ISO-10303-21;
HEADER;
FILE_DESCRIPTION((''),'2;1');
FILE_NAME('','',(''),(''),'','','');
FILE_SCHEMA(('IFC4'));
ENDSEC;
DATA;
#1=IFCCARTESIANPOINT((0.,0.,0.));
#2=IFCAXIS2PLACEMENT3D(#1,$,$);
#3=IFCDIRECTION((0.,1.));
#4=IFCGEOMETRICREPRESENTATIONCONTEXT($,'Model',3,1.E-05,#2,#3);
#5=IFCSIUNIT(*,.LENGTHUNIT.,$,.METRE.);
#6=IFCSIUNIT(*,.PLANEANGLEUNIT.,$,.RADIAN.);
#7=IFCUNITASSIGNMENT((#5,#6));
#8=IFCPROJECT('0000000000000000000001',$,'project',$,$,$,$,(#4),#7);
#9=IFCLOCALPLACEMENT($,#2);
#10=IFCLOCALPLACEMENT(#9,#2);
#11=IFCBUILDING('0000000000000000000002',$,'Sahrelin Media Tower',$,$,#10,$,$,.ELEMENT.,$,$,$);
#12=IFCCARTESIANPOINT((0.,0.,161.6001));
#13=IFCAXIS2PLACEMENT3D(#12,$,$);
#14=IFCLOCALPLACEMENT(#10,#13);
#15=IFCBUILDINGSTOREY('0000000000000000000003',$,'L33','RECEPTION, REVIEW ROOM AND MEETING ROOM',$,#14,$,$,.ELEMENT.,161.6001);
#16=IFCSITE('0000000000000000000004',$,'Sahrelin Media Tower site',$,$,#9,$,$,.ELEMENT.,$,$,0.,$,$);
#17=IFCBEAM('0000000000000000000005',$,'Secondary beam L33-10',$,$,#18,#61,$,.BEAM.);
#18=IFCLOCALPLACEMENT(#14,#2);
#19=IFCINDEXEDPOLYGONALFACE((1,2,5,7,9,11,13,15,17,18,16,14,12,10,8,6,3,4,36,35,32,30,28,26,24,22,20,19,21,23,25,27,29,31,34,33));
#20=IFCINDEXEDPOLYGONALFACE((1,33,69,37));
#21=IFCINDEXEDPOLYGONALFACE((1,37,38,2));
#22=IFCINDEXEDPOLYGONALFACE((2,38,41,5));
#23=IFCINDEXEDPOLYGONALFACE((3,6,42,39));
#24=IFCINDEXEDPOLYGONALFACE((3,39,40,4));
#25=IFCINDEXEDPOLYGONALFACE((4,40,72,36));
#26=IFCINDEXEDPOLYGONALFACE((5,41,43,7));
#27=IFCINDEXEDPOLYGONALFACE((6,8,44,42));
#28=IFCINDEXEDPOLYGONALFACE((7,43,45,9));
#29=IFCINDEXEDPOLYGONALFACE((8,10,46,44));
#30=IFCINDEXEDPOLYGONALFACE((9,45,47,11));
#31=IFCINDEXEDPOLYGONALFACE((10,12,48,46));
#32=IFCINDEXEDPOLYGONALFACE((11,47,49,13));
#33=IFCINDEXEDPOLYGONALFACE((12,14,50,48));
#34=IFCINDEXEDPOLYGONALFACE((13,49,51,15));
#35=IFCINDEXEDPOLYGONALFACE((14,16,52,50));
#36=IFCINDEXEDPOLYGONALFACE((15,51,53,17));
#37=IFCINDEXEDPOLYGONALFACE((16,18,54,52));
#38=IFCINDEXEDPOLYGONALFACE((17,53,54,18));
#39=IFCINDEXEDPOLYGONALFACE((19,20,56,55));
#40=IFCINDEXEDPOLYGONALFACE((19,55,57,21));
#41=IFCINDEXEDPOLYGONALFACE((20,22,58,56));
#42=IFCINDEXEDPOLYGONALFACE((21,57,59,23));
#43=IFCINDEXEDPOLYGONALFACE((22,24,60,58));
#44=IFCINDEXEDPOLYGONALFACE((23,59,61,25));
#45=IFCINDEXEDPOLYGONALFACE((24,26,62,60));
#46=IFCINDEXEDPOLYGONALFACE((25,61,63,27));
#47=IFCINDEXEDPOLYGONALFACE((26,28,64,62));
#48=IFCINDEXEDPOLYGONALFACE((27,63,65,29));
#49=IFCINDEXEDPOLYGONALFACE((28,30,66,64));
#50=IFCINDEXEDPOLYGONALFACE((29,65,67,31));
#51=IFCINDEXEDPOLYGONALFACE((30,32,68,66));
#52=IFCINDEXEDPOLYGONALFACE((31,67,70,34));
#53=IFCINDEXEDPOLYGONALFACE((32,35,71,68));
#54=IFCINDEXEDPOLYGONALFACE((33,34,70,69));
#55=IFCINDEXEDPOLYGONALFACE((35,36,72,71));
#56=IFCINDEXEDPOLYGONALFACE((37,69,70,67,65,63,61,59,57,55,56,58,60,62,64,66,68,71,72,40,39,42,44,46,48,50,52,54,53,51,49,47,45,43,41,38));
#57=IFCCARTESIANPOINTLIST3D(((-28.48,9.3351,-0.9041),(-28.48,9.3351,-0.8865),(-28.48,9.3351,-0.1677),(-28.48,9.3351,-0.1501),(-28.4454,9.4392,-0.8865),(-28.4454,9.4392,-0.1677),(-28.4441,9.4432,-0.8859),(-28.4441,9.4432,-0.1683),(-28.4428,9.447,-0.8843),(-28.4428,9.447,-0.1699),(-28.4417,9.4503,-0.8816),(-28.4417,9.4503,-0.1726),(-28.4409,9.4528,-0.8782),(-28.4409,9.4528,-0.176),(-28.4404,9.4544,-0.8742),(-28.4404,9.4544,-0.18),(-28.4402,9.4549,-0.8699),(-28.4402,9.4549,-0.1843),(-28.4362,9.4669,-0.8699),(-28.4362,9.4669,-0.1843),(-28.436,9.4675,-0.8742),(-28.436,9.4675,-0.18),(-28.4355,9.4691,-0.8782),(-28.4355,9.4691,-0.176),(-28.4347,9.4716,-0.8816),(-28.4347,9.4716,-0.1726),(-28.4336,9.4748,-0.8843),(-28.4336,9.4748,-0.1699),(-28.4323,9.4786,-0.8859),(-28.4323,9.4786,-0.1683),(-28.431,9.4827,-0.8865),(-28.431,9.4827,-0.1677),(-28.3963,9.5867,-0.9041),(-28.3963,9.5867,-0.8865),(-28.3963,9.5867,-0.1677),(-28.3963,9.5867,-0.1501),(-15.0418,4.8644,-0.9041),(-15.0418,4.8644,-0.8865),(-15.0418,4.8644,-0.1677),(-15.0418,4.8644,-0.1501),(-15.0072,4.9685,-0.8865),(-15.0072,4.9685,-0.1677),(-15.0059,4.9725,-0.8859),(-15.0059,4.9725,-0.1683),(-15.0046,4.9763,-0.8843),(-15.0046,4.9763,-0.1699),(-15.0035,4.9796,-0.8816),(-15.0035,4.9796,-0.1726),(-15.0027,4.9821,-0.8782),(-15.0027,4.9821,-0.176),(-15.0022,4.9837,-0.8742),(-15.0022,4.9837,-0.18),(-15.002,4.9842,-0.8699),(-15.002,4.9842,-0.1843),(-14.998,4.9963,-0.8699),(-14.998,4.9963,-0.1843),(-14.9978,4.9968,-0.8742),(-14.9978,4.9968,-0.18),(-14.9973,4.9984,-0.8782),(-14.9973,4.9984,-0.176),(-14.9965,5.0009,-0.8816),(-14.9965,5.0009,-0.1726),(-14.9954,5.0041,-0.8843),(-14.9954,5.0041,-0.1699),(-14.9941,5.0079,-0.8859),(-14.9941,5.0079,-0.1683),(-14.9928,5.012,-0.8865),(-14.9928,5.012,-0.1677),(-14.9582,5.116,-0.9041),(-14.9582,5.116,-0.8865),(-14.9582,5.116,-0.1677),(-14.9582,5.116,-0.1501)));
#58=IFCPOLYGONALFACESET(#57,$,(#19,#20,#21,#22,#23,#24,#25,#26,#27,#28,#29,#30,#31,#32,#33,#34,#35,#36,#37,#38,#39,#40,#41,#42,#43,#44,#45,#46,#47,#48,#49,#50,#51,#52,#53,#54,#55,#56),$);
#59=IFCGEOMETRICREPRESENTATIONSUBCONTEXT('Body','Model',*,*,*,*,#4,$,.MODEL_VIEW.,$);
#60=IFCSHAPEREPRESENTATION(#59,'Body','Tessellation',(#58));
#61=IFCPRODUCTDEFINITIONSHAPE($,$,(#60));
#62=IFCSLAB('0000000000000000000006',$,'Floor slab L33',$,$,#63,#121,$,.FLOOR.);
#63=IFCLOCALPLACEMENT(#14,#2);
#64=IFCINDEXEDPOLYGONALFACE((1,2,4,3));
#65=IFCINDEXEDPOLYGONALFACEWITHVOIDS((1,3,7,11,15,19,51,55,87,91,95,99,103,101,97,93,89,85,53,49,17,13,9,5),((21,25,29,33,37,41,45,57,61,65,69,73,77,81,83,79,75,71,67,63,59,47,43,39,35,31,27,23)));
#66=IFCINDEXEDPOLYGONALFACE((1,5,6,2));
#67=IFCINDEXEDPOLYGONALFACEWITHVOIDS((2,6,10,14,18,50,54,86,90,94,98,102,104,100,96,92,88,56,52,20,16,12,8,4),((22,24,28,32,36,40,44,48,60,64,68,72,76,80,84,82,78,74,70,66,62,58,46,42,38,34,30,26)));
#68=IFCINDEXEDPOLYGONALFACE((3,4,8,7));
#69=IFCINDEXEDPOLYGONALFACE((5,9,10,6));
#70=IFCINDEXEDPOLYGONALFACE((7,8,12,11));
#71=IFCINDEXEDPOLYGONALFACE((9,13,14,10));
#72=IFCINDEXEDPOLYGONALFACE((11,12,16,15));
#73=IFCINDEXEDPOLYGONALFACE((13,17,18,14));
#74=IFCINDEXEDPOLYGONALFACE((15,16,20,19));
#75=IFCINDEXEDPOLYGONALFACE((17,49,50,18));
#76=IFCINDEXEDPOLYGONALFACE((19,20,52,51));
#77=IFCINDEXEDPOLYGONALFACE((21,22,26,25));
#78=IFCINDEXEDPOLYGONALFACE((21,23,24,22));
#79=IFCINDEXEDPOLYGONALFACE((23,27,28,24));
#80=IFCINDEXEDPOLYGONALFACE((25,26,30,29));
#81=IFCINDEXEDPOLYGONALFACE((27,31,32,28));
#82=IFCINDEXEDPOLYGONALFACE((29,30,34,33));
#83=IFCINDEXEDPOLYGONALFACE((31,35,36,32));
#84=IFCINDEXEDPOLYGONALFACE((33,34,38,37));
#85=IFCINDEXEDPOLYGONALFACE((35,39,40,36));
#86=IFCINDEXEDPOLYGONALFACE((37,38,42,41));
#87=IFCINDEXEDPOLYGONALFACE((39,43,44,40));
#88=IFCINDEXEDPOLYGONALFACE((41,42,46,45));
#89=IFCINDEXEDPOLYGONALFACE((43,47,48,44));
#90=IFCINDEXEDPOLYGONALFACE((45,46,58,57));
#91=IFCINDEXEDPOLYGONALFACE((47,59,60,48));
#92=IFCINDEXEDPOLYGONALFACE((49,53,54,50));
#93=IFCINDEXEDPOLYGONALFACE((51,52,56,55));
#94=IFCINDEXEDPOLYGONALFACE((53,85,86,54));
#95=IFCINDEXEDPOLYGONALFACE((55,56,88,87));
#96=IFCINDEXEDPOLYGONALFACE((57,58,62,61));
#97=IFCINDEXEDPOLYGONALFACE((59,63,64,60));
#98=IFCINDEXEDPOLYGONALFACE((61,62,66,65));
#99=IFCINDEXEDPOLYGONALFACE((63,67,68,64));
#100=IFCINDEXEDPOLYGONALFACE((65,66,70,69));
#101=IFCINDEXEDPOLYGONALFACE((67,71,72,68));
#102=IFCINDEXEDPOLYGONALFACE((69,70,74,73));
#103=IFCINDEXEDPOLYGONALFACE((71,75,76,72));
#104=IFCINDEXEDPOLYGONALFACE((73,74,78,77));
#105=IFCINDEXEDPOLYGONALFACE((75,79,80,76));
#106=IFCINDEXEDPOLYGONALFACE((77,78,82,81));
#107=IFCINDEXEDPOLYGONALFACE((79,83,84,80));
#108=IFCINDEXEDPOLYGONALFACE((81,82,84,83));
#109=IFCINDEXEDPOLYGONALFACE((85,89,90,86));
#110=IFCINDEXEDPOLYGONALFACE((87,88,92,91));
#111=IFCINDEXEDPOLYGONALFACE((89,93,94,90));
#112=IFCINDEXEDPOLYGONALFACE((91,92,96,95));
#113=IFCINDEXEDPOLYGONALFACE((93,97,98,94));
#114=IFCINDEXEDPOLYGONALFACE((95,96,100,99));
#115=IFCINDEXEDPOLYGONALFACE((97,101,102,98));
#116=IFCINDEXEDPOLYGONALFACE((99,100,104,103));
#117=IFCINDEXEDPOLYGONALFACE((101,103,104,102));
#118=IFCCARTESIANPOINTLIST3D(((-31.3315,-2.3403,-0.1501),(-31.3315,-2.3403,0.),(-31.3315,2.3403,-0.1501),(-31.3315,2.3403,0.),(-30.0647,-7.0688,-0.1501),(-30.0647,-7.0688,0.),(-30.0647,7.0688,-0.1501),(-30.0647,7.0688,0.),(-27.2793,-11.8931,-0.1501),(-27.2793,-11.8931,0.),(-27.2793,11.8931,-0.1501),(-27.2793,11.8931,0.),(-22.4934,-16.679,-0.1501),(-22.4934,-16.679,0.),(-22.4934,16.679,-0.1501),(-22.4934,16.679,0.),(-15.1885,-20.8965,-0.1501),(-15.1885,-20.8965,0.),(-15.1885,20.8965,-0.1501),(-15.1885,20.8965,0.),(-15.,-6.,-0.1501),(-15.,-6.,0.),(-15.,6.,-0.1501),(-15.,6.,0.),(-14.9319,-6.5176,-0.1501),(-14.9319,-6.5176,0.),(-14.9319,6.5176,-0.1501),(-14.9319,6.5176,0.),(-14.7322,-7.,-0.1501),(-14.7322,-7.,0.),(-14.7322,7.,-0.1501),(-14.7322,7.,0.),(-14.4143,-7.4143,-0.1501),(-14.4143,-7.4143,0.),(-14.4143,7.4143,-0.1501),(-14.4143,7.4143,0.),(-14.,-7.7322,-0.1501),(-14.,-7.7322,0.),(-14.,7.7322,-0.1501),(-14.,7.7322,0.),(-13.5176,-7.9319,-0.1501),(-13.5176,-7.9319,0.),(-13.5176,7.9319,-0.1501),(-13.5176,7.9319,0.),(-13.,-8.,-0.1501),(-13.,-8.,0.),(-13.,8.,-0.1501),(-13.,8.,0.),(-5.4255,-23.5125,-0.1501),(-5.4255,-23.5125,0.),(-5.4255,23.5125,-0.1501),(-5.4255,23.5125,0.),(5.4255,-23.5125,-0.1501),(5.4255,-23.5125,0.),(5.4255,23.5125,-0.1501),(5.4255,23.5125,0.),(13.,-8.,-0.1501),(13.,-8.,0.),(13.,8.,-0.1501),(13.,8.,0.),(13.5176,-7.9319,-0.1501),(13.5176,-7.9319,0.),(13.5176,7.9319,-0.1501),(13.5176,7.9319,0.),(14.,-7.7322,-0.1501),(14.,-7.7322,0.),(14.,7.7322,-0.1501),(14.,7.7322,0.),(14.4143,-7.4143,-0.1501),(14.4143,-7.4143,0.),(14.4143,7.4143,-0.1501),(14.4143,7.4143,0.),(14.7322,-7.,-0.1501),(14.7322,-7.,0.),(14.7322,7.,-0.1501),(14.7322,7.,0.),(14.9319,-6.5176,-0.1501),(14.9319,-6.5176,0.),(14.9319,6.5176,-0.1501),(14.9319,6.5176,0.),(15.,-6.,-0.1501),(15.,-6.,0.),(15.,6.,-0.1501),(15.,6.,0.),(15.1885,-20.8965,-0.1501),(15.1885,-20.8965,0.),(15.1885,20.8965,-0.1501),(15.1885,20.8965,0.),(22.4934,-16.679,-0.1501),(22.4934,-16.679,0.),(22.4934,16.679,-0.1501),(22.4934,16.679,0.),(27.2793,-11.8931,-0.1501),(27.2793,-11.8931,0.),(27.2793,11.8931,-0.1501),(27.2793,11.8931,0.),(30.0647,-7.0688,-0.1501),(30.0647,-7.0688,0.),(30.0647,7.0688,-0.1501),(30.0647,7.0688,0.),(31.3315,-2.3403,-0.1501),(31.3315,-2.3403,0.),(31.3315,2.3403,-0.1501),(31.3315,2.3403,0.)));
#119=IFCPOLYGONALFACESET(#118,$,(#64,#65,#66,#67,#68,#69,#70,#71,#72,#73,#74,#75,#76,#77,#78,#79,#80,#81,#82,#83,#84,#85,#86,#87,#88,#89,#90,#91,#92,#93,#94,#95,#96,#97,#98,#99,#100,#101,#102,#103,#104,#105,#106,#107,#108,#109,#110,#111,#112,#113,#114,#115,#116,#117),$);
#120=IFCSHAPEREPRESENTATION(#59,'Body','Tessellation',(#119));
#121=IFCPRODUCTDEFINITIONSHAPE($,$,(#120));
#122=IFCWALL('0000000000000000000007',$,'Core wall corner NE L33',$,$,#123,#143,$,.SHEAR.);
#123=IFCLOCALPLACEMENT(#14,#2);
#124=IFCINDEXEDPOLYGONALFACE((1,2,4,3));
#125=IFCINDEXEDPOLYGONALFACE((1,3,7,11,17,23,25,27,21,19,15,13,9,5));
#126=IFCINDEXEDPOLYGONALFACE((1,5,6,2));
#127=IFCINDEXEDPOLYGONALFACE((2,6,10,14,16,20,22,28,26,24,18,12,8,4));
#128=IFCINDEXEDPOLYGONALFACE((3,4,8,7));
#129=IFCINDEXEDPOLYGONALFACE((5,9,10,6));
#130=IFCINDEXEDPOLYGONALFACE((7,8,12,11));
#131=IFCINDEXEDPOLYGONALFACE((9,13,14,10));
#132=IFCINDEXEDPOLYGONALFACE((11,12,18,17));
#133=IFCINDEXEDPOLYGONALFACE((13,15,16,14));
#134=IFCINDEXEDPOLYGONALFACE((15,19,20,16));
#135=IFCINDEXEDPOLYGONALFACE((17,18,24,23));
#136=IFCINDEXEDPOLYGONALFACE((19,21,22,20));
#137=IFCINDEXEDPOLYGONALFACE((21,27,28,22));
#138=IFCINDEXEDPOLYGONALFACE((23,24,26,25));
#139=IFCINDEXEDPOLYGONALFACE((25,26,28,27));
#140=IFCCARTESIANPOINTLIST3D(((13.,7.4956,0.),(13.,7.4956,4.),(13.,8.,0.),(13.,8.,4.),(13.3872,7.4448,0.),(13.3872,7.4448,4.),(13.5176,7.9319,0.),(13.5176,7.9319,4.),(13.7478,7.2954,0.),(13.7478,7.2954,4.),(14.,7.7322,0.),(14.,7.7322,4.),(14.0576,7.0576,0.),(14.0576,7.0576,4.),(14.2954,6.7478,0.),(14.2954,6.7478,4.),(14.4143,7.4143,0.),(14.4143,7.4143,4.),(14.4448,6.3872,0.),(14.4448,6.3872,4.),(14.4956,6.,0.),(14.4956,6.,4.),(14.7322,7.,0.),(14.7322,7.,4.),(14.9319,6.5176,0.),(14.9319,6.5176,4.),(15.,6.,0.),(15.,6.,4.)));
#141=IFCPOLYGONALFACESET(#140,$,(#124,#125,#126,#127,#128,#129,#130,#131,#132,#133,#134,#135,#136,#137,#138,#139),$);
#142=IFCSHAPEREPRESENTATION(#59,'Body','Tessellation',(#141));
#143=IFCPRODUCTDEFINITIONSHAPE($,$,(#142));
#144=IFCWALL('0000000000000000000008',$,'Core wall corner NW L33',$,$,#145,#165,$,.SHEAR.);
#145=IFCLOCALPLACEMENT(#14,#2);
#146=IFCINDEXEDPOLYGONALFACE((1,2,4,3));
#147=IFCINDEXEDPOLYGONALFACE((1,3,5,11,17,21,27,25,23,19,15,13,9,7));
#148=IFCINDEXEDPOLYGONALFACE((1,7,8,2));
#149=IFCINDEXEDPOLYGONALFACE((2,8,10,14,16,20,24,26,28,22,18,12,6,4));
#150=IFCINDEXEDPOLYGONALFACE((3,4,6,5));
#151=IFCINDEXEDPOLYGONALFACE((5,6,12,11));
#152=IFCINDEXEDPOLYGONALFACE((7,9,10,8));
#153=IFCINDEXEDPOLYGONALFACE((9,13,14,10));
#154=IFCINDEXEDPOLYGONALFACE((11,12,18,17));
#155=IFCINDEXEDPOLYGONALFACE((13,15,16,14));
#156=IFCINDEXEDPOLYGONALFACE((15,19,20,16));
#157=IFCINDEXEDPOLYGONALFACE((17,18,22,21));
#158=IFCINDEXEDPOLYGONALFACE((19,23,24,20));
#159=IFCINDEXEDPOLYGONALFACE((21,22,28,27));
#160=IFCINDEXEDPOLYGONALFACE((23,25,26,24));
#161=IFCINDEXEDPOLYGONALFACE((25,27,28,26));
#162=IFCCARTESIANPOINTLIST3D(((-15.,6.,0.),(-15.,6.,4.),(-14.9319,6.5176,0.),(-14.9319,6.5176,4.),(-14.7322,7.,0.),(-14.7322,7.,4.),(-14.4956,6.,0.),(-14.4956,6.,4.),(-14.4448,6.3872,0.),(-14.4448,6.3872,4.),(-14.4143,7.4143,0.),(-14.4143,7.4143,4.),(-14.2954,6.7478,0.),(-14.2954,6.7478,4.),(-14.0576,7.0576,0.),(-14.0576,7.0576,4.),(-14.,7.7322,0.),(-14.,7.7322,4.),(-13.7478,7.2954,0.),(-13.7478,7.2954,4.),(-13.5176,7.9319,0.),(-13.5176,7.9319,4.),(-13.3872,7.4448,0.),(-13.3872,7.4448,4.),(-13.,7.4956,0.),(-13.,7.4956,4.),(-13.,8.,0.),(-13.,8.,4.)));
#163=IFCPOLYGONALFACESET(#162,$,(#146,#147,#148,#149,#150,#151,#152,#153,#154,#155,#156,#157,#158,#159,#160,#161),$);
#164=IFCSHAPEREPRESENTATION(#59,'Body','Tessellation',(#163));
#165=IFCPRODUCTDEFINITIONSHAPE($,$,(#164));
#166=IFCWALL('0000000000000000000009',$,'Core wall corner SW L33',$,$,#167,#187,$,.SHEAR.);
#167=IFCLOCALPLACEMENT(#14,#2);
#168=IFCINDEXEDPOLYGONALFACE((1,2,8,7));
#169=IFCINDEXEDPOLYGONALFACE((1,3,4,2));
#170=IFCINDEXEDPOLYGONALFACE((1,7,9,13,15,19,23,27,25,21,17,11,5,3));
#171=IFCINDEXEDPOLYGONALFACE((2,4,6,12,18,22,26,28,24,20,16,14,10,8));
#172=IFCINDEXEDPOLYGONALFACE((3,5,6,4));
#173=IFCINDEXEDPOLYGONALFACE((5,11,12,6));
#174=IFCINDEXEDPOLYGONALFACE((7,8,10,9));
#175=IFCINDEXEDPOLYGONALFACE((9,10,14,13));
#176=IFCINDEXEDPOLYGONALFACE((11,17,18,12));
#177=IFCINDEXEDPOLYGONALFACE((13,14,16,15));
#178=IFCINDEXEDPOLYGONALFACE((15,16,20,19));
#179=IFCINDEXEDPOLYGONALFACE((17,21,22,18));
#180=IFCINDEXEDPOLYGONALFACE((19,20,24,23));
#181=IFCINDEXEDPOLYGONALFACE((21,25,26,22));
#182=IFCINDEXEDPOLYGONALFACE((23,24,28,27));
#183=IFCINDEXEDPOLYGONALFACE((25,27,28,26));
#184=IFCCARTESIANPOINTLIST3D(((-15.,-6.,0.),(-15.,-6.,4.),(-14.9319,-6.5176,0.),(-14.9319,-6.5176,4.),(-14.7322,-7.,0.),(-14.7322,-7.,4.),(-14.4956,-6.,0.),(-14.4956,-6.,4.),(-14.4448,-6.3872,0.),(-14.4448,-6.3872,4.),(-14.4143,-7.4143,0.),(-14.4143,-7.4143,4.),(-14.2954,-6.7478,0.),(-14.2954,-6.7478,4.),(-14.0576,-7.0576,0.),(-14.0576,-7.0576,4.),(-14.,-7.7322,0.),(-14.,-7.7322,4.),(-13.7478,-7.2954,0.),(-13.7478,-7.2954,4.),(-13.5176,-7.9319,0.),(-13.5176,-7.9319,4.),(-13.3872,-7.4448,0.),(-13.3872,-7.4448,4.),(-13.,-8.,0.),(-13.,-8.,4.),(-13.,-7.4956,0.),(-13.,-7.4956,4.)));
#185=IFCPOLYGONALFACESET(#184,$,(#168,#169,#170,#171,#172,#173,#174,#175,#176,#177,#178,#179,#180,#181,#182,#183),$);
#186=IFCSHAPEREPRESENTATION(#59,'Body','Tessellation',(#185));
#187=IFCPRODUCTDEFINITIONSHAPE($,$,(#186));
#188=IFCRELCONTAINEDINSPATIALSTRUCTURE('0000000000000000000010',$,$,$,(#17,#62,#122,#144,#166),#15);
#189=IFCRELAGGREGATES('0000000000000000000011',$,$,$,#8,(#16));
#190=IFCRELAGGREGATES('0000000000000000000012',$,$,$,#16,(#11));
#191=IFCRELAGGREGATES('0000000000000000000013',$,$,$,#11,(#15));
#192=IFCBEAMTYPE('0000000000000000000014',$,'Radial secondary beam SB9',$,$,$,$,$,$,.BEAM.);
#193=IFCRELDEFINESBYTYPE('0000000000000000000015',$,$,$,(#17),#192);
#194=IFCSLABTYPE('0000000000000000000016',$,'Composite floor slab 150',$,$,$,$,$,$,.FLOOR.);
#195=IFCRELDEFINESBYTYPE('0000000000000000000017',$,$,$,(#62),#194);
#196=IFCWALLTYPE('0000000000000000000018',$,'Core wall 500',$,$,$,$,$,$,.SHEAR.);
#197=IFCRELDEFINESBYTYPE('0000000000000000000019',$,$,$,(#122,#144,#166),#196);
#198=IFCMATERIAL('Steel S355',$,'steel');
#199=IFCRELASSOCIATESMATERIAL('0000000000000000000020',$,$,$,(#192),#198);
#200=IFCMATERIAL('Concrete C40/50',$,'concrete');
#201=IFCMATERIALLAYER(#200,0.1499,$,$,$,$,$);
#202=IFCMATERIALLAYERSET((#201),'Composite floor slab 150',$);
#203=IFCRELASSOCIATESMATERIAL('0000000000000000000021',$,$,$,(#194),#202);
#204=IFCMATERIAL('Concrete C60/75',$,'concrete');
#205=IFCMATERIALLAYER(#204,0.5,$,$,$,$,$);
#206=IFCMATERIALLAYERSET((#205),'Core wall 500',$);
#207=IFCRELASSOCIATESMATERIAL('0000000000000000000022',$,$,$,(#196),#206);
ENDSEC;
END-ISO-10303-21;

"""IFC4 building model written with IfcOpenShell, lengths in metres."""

from ifc_helpers import new_model, si_unit, direction, frame, origin, origin_2d, place, context, subcontext, project, spatial, polyline, i_section, outline, extrude, material, layer, layer_set, material_profile, profile_set, type_object, element, save


model = new_model("IFC4")

# Units and contexts
model_context = context("Model", 3, precision=1e-05, world=origin(), true_north=direction((0.0, 1.0)))
body_context = subcontext(model_context, "Body", "Model", "MODEL_VIEW")
ifc_project = project(units=[si_unit("LENGTHUNIT", "METRE"), si_unit("PLANEANGLEUNIT", "RADIAN")], contexts=[model_context])

# Site, building, storey
site_placement = place(None, origin())
site = spatial("IfcSite", under=ifc_project, at=site_placement, Name="Sahrelin Media Tower site", CompositionType="ELEMENT", RefElevation=0.0)
building_placement = place(site_placement, origin())
building = spatial("IfcBuilding", under=site, at=building_placement, Name="Sahrelin Media Tower", CompositionType="ELEMENT")
storey_placement = place(building_placement, frame((0.0, 0.0, 161.6001)))
storey = spatial("IfcBuildingStorey", under=building, at=storey_placement, Name="L33", Description="RECEPTION, REVIEW ROOM AND MEETING ROOM", CompositionType="ELEMENT", Elevation=161.6001)

# Beam
ifc_material_1 = material(Name="Steel S355", Category="steel")
ifc_material_profile_1 = material_profile(ifc_material_1, i_section(OverallWidth=0.2651, OverallDepth=0.7539, WebThickness=0.0127, FlangeThickness=0.0176, FilletRadius=0.0166, at=origin_2d()), Name="UB 762x267x147")
ifc_profile_set_1 = profile_set([ifc_material_profile_1], Name="Steel S355")
beam_type_1 = type_object("IfcBeamType", Name="Radial secondary beam SB9", PredefinedType="BEAM", material=ifc_profile_set_1)
beam_1_placement = place(storey_placement, frame((-15.0, 4.9902, -0.5271), z_axis=(-0.948868, 0.315674, 0.0), x_axis=(-0.315674, -0.948868, 0.0)))
element("IfcBeam", 1, at=beam_1_placement, inside=storey, type_object=beam_type_1, Name="Secondary beam L33-10", PredefinedType="BEAM", context=body_context, shape_type="SweptSolid", body=[
    extrude(i_section(OverallWidth=0.2651, OverallDepth=0.7539, WebThickness=0.0127, FlangeThickness=0.0176, FilletRadius=0.0166, at=origin_2d()), origin(), (0.0, 0.0, 1.0), 14.1624),
])

# Slab
ifc_material_2 = material(Name="Concrete C40/50", Category="concrete")
ifc_layer_1 = layer(ifc_material_2, 0.1499)
ifc_layer_set_1 = layer_set([ifc_layer_1], Name="Composite floor slab 150")
slab_type = type_object("IfcSlabType", Name="Composite floor slab 150", PredefinedType="FLOOR", material=ifc_layer_set_1)
slab_placement = place(storey_placement, frame((0.0, 0.0, -0.1501)))
element("IfcSlab", 2, at=slab_placement, inside=storey, type_object=slab_type, Name="Floor slab L33", PredefinedType="FLOOR", context=body_context, shape_type="SweptSolid", body=[
    extrude(outline(polyline([(31.3315, -2.3403), (31.3315, 2.3403), (30.0647, 7.0688), (27.2793, 11.8931), (22.4934, 16.679), (15.1885, 20.8965), (5.4255, 23.5125), (-5.4255, 23.5125), (-15.1885, 20.8965), (-22.4934, 16.679), (-27.2793, 11.8931), (-30.0647, 7.0688), (-31.3315, 2.3403), (-31.3315, -2.3403), (-30.0647, -7.0688), (-27.2793, -11.8931), (-22.4934, -16.679), (-15.1885, -20.8965), (-5.4255, -23.5125), (5.4255, -23.5125), (15.1885, -20.8965), (22.4934, -16.679), (27.2793, -11.8931), (30.0647, -7.0688), (31.3315, -2.3403)]), holes=[polyline([(14.9319, 6.5176), (15.0, 6.0), (15.0, -6.0), (14.9319, -6.5176), (14.7322, -7.0), (14.4143, -7.4143), (14.0, -7.7322), (13.5176, -7.9319), (13.0, -8.0), (-13.0, -8.0), (-13.5176, -7.9319), (-14.0, -7.7322), (-14.4143, -7.4143), (-14.7322, -7.0), (-14.9319, -6.5176), (-15.0, -6.0), (-15.0, 6.0), (-14.9319, 6.5176), (-14.7322, 7.0), (-14.4143, 7.4143), (-14.0, 7.7322), (-13.5176, 7.9319), (-13.0, 8.0), (13.0, 8.0), (13.5176, 7.9319), (14.0, 7.7322), (14.4143, 7.4143), (14.7322, 7.0), (14.9319, 6.5176)])]), origin(), (0.0, 0.0, 1.0), 0.1501),
])

# Walls
ifc_material_3 = material(Name="Concrete C60/75", Category="concrete")
ifc_layer_2 = layer(ifc_material_3, 0.5)
ifc_layer_set_2 = layer_set([ifc_layer_2], Name="Core wall 500")
wall_type_1 = type_object("IfcWallType", Name="Core wall 500", PredefinedType="SHEAR", material=ifc_layer_set_2)
placement = place(storey_placement, origin())
element("IfcWall", 3, at=placement, inside=storey, type_object=wall_type_1, Name="Core wall corner NE L33", PredefinedType="SHEAR", context=body_context, shape_type="SweptSolid", body=[
    extrude(outline(polyline([(13.0, 8.0), (13.0, 7.4956), (13.3872, 7.4448), (13.7478, 7.2954), (14.0576, 7.0576), (14.2954, 6.7478), (14.4448, 6.3872), (14.4956, 6.0), (15.0, 6.0), (14.9319, 6.5176), (14.7322, 7.0), (14.4143, 7.4143), (14.0, 7.7322), (13.5176, 7.9319), (13.0, 8.0)])), origin(), (0.0, 0.0, 1.0), 4.0),
])
element("IfcWall", 4, at=placement, inside=storey, type_object=wall_type_1, Name="Core wall corner NW L33", PredefinedType="SHEAR", context=body_context, shape_type="SweptSolid", body=[
    extrude(outline(polyline([(-15.0, 6.0), (-14.4956, 6.0), (-14.4448, 6.3872), (-14.2954, 6.7478), (-14.0576, 7.0576), (-13.7478, 7.2954), (-13.3872, 7.4448), (-13.0, 7.4956), (-13.0, 8.0), (-13.5176, 7.9319), (-14.0, 7.7322), (-14.4143, 7.4143), (-14.7322, 7.0), (-14.9319, 6.5176), (-15.0, 6.0)])), origin(), (0.0, 0.0, 1.0), 4.0),
])
element("IfcWall", 5, at=placement, inside=storey, type_object=wall_type_1, Name="Core wall corner SW L33", PredefinedType="SHEAR", context=body_context, shape_type="SweptSolid", body=[
    extrude(outline(polyline([(-13.0, -8.0), (-13.0, -7.4956), (-13.3872, -7.4448), (-13.7478, -7.2954), (-14.0576, -7.0576), (-14.2954, -6.7478), (-14.4448, -6.3872), (-14.4956, -6.0), (-15.0, -6.0), (-14.9319, -6.5176), (-14.7322, -7.0), (-14.4143, -7.4143), (-14.0, -7.7322), (-13.5176, -7.9319), (-13.0, -8.0)])), origin(), (0.0, 0.0, 1.0), 4.0),
])

save(model, "model.ifc")
